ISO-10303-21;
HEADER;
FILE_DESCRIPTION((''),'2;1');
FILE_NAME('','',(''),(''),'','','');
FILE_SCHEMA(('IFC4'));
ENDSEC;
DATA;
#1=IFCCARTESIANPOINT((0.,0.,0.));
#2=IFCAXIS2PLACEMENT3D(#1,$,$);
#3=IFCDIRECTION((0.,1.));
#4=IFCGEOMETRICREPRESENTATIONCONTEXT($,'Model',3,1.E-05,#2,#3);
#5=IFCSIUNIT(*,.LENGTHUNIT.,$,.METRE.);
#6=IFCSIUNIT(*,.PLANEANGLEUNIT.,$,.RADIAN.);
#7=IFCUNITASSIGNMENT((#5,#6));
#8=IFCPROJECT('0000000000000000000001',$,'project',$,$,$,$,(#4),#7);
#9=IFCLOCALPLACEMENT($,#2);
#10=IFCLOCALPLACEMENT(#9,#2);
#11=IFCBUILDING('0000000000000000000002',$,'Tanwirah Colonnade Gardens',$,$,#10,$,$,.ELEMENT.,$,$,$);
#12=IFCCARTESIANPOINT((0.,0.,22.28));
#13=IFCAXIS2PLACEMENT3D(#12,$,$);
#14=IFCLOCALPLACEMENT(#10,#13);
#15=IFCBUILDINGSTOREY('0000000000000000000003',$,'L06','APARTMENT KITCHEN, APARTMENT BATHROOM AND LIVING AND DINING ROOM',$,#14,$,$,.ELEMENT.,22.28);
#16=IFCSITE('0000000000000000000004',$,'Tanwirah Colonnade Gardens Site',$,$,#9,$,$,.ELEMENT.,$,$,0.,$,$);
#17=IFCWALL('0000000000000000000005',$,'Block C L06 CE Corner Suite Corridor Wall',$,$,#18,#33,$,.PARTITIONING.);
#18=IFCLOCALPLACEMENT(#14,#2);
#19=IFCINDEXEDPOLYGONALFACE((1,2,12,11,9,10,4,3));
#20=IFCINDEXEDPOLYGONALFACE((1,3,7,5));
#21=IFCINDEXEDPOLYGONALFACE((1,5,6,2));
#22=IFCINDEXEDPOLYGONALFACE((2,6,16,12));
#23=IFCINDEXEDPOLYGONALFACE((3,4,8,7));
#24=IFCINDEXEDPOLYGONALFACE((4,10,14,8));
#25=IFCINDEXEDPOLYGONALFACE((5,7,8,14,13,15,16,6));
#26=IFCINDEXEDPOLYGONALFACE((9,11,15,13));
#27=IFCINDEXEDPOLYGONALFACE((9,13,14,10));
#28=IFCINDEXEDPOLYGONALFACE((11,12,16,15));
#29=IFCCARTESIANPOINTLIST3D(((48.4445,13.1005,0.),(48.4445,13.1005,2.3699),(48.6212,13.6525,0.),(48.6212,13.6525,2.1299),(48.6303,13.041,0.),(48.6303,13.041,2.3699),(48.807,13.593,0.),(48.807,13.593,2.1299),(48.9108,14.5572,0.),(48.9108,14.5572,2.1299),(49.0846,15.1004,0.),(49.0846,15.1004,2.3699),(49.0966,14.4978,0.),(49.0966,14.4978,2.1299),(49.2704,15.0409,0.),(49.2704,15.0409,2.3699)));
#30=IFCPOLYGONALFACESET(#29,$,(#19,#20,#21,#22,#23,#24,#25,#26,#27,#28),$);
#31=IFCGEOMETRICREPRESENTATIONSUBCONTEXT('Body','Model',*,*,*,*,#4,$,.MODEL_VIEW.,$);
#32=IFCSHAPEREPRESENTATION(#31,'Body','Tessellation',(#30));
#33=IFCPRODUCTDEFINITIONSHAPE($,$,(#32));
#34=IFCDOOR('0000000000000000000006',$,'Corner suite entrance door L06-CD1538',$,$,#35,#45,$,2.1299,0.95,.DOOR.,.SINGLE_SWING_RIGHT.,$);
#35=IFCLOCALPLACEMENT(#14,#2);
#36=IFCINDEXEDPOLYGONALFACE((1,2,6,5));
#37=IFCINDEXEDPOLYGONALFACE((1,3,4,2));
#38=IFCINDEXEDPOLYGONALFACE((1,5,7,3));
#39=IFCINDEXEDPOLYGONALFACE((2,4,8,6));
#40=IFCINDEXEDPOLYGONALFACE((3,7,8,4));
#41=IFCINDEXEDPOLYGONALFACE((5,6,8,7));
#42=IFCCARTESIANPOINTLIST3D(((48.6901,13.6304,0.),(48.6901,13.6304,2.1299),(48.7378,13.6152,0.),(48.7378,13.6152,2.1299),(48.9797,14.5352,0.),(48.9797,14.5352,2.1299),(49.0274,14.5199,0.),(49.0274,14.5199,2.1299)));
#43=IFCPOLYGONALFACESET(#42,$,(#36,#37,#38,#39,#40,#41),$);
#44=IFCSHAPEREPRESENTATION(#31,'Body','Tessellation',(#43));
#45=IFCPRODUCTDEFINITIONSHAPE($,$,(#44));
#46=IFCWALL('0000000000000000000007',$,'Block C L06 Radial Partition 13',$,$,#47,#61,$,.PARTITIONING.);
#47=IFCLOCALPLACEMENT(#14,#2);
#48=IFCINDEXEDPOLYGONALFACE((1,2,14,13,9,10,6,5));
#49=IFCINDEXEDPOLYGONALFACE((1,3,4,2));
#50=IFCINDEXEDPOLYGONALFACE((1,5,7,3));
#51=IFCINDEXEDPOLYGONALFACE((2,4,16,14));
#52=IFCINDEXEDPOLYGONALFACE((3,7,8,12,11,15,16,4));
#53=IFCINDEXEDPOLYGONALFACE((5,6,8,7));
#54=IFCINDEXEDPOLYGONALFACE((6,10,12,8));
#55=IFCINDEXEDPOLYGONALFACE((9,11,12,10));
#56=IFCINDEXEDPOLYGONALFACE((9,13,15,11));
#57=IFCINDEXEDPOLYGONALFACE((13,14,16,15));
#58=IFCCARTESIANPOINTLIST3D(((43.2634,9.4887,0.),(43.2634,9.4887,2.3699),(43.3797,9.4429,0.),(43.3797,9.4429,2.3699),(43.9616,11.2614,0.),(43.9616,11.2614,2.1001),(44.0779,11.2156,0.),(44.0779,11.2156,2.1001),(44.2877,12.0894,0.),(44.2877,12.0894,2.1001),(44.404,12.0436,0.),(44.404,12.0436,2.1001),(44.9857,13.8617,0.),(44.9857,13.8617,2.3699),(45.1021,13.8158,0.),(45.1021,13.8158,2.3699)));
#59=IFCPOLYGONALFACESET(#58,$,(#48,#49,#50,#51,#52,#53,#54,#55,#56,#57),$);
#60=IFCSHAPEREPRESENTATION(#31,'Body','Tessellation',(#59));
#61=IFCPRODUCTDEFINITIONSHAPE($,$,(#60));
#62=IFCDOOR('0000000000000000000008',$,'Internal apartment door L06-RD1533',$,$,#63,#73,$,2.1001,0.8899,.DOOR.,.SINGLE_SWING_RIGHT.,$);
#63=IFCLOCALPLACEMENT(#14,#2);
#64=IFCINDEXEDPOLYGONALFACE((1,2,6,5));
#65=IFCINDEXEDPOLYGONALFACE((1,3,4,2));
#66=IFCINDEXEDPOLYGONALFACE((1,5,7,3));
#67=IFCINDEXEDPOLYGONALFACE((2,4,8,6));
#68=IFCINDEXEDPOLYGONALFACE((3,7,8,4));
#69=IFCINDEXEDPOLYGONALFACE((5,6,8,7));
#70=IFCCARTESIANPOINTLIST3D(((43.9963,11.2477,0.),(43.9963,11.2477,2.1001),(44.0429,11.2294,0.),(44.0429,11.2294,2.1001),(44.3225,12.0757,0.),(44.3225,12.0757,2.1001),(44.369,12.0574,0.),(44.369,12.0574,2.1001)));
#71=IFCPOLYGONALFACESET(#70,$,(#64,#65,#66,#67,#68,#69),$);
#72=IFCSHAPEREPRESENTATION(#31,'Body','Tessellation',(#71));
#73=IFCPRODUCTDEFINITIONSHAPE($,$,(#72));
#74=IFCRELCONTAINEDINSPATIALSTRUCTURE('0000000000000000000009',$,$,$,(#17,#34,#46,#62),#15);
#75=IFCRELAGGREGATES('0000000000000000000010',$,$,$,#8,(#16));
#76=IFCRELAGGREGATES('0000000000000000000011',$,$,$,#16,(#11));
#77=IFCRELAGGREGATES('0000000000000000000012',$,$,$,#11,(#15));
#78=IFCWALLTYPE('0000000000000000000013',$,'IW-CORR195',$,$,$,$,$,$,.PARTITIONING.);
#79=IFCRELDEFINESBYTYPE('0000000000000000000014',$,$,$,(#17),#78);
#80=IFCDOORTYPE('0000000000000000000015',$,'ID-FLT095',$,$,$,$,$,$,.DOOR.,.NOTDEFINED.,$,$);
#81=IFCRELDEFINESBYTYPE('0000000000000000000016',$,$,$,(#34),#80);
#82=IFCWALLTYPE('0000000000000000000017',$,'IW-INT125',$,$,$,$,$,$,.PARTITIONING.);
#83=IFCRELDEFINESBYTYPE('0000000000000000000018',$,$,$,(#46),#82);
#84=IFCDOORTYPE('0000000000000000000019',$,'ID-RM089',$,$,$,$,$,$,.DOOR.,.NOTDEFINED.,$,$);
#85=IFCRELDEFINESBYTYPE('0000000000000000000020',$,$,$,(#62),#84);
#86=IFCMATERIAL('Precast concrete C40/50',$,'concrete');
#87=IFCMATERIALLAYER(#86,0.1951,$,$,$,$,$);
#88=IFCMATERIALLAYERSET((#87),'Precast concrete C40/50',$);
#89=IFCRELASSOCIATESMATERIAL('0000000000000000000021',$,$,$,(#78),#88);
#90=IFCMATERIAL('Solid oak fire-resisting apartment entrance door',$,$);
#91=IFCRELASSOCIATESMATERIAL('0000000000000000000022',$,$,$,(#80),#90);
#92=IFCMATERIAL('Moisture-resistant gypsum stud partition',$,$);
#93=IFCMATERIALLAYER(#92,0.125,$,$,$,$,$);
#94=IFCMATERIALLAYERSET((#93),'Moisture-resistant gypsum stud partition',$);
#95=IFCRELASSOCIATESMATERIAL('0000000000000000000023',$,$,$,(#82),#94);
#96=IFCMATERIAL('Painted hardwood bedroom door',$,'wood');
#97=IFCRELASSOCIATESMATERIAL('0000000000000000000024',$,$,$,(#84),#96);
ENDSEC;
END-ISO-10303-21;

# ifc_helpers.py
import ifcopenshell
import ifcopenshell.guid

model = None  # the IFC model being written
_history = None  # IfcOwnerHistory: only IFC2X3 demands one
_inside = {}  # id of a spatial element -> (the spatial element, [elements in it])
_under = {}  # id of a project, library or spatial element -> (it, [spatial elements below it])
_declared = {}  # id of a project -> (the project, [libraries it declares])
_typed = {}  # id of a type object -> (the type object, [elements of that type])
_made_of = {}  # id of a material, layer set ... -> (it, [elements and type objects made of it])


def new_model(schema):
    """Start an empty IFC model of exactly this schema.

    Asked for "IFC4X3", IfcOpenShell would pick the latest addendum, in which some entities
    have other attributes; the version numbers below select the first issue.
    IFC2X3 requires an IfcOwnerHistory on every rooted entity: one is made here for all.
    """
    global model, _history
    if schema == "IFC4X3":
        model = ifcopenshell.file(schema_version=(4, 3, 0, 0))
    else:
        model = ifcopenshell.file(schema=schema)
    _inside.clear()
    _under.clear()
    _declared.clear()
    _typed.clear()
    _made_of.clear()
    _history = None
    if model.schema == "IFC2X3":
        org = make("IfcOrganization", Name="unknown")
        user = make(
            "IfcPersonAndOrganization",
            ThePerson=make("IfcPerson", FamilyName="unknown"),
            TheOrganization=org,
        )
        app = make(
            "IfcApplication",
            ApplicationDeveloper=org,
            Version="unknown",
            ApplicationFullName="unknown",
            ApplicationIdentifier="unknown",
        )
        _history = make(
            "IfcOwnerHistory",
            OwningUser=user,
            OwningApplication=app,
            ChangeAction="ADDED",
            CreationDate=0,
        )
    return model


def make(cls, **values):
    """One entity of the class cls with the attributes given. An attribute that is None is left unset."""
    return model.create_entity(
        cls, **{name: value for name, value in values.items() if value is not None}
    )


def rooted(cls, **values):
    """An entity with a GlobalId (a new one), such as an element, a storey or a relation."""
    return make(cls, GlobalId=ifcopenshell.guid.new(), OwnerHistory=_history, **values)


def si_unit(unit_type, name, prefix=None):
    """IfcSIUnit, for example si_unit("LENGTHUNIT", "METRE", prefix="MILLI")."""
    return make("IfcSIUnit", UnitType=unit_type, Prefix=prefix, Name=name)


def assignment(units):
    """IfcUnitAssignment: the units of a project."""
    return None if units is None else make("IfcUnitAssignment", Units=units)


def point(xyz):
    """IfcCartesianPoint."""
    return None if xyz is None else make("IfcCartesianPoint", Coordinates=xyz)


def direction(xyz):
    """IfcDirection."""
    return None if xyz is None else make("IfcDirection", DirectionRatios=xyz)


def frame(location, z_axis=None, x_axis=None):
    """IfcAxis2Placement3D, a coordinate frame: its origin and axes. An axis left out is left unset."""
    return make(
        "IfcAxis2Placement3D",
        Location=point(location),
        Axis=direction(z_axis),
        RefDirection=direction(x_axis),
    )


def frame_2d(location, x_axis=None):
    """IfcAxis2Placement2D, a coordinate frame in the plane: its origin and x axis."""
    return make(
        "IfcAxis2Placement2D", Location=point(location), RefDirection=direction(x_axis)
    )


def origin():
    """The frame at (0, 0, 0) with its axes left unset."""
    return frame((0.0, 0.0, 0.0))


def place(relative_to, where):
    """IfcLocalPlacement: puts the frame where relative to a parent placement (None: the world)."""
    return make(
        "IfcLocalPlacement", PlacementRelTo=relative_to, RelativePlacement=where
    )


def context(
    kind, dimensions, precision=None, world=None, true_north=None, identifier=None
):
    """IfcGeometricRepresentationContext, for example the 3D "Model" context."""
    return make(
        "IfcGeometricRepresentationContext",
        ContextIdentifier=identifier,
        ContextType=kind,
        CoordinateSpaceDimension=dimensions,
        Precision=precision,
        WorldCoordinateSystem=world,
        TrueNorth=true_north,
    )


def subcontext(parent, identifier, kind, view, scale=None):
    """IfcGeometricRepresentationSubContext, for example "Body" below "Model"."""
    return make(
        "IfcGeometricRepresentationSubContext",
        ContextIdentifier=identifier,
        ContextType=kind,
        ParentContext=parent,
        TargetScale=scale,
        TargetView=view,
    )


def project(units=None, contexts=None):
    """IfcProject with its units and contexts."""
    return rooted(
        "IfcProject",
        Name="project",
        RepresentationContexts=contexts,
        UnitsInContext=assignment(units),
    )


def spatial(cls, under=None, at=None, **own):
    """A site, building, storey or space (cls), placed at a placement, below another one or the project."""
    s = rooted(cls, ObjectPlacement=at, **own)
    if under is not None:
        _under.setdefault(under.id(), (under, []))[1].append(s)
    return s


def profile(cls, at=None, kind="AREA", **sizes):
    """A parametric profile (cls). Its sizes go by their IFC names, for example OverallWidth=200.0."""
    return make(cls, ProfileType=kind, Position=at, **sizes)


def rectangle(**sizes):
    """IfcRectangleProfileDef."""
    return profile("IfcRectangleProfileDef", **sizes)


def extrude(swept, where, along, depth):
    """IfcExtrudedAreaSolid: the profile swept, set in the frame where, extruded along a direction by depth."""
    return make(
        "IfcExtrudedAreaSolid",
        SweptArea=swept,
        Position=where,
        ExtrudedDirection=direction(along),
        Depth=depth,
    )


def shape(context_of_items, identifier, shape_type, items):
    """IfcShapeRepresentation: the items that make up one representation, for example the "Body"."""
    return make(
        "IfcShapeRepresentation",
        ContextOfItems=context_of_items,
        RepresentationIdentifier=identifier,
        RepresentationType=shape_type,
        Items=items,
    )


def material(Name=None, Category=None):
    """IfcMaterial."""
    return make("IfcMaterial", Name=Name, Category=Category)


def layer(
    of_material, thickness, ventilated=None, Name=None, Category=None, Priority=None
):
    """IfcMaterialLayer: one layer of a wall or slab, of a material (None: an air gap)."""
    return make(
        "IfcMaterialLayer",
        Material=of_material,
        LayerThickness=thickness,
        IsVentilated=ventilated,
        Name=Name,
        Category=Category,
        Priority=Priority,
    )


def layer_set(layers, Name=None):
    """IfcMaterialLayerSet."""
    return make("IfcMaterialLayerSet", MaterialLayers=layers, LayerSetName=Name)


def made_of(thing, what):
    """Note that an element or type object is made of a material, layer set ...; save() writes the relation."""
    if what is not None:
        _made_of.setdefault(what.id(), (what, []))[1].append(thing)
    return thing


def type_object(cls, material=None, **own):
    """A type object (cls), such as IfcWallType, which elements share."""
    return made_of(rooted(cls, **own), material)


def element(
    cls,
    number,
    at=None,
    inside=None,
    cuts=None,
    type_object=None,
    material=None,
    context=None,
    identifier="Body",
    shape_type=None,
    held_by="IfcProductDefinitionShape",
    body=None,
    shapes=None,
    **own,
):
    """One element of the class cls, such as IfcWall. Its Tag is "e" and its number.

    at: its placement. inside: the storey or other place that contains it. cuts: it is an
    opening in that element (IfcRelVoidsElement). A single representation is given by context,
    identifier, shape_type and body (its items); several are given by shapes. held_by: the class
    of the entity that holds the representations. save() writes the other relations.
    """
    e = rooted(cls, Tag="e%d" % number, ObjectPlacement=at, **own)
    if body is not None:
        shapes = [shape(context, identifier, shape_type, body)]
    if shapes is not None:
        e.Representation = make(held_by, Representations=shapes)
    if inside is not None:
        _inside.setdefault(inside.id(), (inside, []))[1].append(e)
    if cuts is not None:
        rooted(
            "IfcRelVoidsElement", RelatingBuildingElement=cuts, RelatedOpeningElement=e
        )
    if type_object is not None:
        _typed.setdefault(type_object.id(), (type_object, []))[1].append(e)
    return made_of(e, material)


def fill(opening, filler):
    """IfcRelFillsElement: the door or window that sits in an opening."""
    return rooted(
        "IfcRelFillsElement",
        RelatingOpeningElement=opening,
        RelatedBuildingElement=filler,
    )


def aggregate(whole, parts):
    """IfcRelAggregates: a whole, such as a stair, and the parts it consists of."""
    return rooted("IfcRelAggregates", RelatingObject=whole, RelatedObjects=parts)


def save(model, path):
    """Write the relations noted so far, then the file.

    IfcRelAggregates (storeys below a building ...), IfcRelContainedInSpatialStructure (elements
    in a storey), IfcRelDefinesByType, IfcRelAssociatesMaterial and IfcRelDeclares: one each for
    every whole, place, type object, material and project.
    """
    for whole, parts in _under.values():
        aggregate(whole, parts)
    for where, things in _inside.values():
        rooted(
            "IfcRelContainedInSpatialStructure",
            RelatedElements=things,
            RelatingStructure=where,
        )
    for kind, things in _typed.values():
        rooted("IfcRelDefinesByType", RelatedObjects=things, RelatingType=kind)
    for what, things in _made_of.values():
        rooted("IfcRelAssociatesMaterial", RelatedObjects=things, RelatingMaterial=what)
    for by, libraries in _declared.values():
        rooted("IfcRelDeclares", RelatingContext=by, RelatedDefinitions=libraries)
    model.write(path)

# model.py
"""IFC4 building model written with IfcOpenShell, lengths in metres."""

from ifc_helpers import new_model, si_unit, direction, frame, frame_2d, origin, place, context, subcontext, project, spatial, rectangle, extrude, material, layer, layer_set, type_object, element, fill, save


model = new_model("IFC4")

# Units and contexts
model_context = context("Model", 3, precision=1e-05, world=origin(), true_north=direction((0.0, 1.0)))
body_context = subcontext(model_context, "Body", "Model", "MODEL_VIEW")
ifc_project = project(units=[si_unit("LENGTHUNIT", "METRE"), si_unit("PLANEANGLEUNIT", "RADIAN")], contexts=[model_context])

# Site, building, storey
site_placement = place(None, origin())
site = spatial("IfcSite", under=ifc_project, at=site_placement, Name="Tanwirah Colonnade Gardens Site", CompositionType="ELEMENT", RefElevation=0.0)
building_placement = place(site_placement, origin())
building = spatial("IfcBuilding", under=site, at=building_placement, Name="Tanwirah Colonnade Gardens", CompositionType="ELEMENT")
storey_placement = place(building_placement, frame((0.0, 0.0, 22.28)))
storey = spatial("IfcBuildingStorey", under=building, at=storey_placement, Name="L06", Description="APARTMENT KITCHEN, APARTMENT BATHROOM AND LIVING AND DINING ROOM", CompositionType="ELEMENT", Elevation=22.28)

# Shared definitions
ifc_material_1 = material(Name="Precast concrete C40/50", Category="concrete")

# Walls, openings, doors
ifc_layer_1 = layer(ifc_material_1, 0.1951)
ifc_layer_set_1 = layer_set([ifc_layer_1], Name="Precast concrete C40/50")
wall_type_1 = type_object("IfcWallType", Name="IW-CORR195", PredefinedType="PARTITIONING", material=ifc_layer_set_1)
ifc_material_2 = material(Name="Solid oak fire-resisting apartment entrance door")
door_type_1 = type_object("IfcDoorType", Name="ID-FLT095", OperationType="NOTDEFINED", PredefinedType="DOOR", material=ifc_material_2)
wall_1_placement = place(storey_placement, frame((49.1775, 15.0706, 0.0), z_axis=(0.0, 0.0, 1.0), x_axis=(-0.304835, -0.952405, 0.0)))
wall_1 = element("IfcWall", 1, at=wall_1_placement, inside=storey, type_object=wall_type_1, Name="Block C L06 CE Corner Suite Corridor Wall", PredefinedType="PARTITIONING", context=body_context, shape_type="SweptSolid", body=[
    extrude(rectangle(XDim=2.0999, YDim=0.1951, at=frame_2d((1.0498, 0.0))), origin(), (0.0, 0.0, 1.0), 2.3699),
])
opening_1_placement = place(wall_1_placement, frame((0.5701, 0.0, 0.0)))
opening_1 = element("IfcOpeningElement", 2, at=opening_1_placement, cuts=wall_1, PredefinedType="OPENING", context=body_context, shape_type="SweptSolid", body=[
    extrude(rectangle(XDim=0.95, YDim=2.1299, at=frame_2d((0.4751, 1.0649))), frame((0.0, 0.1074, 0.0), z_axis=(0.0, -1.0, 0.0), x_axis=(1.0, 0.0, 0.0)), (0.0, 0.0, 1.0), 0.2151),
])
door_1_placement = place(opening_1_placement, origin())
door_1 = element("IfcDoor", 3, at=door_1_placement, inside=storey, type_object=door_type_1, Name="Corner suite entrance door L06-CD1538", OperationType="SINGLE_SWING_RIGHT", OverallHeight=2.1299, OverallWidth=0.95, PredefinedType="DOOR", context=body_context, shape_type="SweptSolid", body=[
    extrude(rectangle(XDim=0.95, YDim=2.1299, at=frame_2d((0.4751, 1.0649))), frame((0.0, 0.0249, 0.0), z_axis=(0.0, -1.0, 0.0), x_axis=(1.0, 0.0, 0.0)), (0.0, 0.0, 1.0), 0.05),
])
fill(opening_1, door_1)
ifc_material_3 = material(Name="Moisture-resistant gypsum stud partition")
ifc_layer_2 = layer(ifc_material_3, 0.125)
ifc_layer_set_2 = layer_set([ifc_layer_2], Name="Moisture-resistant gypsum stud partition")
wall_type_2 = type_object("IfcWallType", Name="IW-INT125", PredefinedType="PARTITIONING", material=ifc_layer_set_2)
wall_2_placement = place(storey_placement, frame((45.0439, 13.8389, 0.0), z_axis=(0.0, 0.0, 1.0), x_axis=(-0.366469, -0.93043, 0.0)))
wall_2 = element("IfcWall", 4, at=wall_2_placement, inside=storey, type_object=wall_type_2, Name="Block C L06 Radial Partition 13", PredefinedType="PARTITIONING", context=body_context, shape_type="SweptSolid", body=[
    extrude(rectangle(XDim=4.7, YDim=0.125, at=frame_2d((2.3501, 0.0))), origin(), (0.0, 0.0, 1.0), 2.3699),
])
opening_2_placement = place(wall_2_placement, frame((1.905, 0.0, 0.0)))
opening_2 = element("IfcOpeningElement", 5, at=opening_2_placement, cuts=wall_2, PredefinedType="OPENING", context=body_context, shape_type="SweptSolid", body=[
    extrude(rectangle(XDim=0.8899, YDim=2.1001, at=frame_2d((0.4448, 1.05))), frame((0.0, 0.0725, 0.0), z_axis=(0.0, -1.0, 0.0), x_axis=(1.0, 0.0, 0.0)), (0.0, 0.0, 1.0), 0.145),
])
ifc_material_4 = material(Name="Painted hardwood bedroom door", Category="wood")
door_type_2 = type_object("IfcDoorType", Name="ID-RM089", OperationType="NOTDEFINED", PredefinedType="DOOR", material=ifc_material_4)
door_2_placement = place(opening_2_placement, origin())
door_2 = element("IfcDoor", 6, at=door_2_placement, inside=storey, type_object=door_type_2, Name="Internal apartment door L06-RD1533", OperationType="SINGLE_SWING_RIGHT", OverallHeight=2.1001, OverallWidth=0.8899, PredefinedType="DOOR", context=body_context, shape_type="SweptSolid", body=[
    extrude(rectangle(XDim=0.8899, YDim=2.1001, at=frame_2d((0.4448, 1.05))), frame((0.0, 0.0249, 0.0), z_axis=(0.0, -1.0, 0.0), x_axis=(1.0, 0.0, 0.0)), (0.0, 0.0, 1.0), 0.05),
])
fill(opening_2, door_2)

save(model, "model.ifc")
